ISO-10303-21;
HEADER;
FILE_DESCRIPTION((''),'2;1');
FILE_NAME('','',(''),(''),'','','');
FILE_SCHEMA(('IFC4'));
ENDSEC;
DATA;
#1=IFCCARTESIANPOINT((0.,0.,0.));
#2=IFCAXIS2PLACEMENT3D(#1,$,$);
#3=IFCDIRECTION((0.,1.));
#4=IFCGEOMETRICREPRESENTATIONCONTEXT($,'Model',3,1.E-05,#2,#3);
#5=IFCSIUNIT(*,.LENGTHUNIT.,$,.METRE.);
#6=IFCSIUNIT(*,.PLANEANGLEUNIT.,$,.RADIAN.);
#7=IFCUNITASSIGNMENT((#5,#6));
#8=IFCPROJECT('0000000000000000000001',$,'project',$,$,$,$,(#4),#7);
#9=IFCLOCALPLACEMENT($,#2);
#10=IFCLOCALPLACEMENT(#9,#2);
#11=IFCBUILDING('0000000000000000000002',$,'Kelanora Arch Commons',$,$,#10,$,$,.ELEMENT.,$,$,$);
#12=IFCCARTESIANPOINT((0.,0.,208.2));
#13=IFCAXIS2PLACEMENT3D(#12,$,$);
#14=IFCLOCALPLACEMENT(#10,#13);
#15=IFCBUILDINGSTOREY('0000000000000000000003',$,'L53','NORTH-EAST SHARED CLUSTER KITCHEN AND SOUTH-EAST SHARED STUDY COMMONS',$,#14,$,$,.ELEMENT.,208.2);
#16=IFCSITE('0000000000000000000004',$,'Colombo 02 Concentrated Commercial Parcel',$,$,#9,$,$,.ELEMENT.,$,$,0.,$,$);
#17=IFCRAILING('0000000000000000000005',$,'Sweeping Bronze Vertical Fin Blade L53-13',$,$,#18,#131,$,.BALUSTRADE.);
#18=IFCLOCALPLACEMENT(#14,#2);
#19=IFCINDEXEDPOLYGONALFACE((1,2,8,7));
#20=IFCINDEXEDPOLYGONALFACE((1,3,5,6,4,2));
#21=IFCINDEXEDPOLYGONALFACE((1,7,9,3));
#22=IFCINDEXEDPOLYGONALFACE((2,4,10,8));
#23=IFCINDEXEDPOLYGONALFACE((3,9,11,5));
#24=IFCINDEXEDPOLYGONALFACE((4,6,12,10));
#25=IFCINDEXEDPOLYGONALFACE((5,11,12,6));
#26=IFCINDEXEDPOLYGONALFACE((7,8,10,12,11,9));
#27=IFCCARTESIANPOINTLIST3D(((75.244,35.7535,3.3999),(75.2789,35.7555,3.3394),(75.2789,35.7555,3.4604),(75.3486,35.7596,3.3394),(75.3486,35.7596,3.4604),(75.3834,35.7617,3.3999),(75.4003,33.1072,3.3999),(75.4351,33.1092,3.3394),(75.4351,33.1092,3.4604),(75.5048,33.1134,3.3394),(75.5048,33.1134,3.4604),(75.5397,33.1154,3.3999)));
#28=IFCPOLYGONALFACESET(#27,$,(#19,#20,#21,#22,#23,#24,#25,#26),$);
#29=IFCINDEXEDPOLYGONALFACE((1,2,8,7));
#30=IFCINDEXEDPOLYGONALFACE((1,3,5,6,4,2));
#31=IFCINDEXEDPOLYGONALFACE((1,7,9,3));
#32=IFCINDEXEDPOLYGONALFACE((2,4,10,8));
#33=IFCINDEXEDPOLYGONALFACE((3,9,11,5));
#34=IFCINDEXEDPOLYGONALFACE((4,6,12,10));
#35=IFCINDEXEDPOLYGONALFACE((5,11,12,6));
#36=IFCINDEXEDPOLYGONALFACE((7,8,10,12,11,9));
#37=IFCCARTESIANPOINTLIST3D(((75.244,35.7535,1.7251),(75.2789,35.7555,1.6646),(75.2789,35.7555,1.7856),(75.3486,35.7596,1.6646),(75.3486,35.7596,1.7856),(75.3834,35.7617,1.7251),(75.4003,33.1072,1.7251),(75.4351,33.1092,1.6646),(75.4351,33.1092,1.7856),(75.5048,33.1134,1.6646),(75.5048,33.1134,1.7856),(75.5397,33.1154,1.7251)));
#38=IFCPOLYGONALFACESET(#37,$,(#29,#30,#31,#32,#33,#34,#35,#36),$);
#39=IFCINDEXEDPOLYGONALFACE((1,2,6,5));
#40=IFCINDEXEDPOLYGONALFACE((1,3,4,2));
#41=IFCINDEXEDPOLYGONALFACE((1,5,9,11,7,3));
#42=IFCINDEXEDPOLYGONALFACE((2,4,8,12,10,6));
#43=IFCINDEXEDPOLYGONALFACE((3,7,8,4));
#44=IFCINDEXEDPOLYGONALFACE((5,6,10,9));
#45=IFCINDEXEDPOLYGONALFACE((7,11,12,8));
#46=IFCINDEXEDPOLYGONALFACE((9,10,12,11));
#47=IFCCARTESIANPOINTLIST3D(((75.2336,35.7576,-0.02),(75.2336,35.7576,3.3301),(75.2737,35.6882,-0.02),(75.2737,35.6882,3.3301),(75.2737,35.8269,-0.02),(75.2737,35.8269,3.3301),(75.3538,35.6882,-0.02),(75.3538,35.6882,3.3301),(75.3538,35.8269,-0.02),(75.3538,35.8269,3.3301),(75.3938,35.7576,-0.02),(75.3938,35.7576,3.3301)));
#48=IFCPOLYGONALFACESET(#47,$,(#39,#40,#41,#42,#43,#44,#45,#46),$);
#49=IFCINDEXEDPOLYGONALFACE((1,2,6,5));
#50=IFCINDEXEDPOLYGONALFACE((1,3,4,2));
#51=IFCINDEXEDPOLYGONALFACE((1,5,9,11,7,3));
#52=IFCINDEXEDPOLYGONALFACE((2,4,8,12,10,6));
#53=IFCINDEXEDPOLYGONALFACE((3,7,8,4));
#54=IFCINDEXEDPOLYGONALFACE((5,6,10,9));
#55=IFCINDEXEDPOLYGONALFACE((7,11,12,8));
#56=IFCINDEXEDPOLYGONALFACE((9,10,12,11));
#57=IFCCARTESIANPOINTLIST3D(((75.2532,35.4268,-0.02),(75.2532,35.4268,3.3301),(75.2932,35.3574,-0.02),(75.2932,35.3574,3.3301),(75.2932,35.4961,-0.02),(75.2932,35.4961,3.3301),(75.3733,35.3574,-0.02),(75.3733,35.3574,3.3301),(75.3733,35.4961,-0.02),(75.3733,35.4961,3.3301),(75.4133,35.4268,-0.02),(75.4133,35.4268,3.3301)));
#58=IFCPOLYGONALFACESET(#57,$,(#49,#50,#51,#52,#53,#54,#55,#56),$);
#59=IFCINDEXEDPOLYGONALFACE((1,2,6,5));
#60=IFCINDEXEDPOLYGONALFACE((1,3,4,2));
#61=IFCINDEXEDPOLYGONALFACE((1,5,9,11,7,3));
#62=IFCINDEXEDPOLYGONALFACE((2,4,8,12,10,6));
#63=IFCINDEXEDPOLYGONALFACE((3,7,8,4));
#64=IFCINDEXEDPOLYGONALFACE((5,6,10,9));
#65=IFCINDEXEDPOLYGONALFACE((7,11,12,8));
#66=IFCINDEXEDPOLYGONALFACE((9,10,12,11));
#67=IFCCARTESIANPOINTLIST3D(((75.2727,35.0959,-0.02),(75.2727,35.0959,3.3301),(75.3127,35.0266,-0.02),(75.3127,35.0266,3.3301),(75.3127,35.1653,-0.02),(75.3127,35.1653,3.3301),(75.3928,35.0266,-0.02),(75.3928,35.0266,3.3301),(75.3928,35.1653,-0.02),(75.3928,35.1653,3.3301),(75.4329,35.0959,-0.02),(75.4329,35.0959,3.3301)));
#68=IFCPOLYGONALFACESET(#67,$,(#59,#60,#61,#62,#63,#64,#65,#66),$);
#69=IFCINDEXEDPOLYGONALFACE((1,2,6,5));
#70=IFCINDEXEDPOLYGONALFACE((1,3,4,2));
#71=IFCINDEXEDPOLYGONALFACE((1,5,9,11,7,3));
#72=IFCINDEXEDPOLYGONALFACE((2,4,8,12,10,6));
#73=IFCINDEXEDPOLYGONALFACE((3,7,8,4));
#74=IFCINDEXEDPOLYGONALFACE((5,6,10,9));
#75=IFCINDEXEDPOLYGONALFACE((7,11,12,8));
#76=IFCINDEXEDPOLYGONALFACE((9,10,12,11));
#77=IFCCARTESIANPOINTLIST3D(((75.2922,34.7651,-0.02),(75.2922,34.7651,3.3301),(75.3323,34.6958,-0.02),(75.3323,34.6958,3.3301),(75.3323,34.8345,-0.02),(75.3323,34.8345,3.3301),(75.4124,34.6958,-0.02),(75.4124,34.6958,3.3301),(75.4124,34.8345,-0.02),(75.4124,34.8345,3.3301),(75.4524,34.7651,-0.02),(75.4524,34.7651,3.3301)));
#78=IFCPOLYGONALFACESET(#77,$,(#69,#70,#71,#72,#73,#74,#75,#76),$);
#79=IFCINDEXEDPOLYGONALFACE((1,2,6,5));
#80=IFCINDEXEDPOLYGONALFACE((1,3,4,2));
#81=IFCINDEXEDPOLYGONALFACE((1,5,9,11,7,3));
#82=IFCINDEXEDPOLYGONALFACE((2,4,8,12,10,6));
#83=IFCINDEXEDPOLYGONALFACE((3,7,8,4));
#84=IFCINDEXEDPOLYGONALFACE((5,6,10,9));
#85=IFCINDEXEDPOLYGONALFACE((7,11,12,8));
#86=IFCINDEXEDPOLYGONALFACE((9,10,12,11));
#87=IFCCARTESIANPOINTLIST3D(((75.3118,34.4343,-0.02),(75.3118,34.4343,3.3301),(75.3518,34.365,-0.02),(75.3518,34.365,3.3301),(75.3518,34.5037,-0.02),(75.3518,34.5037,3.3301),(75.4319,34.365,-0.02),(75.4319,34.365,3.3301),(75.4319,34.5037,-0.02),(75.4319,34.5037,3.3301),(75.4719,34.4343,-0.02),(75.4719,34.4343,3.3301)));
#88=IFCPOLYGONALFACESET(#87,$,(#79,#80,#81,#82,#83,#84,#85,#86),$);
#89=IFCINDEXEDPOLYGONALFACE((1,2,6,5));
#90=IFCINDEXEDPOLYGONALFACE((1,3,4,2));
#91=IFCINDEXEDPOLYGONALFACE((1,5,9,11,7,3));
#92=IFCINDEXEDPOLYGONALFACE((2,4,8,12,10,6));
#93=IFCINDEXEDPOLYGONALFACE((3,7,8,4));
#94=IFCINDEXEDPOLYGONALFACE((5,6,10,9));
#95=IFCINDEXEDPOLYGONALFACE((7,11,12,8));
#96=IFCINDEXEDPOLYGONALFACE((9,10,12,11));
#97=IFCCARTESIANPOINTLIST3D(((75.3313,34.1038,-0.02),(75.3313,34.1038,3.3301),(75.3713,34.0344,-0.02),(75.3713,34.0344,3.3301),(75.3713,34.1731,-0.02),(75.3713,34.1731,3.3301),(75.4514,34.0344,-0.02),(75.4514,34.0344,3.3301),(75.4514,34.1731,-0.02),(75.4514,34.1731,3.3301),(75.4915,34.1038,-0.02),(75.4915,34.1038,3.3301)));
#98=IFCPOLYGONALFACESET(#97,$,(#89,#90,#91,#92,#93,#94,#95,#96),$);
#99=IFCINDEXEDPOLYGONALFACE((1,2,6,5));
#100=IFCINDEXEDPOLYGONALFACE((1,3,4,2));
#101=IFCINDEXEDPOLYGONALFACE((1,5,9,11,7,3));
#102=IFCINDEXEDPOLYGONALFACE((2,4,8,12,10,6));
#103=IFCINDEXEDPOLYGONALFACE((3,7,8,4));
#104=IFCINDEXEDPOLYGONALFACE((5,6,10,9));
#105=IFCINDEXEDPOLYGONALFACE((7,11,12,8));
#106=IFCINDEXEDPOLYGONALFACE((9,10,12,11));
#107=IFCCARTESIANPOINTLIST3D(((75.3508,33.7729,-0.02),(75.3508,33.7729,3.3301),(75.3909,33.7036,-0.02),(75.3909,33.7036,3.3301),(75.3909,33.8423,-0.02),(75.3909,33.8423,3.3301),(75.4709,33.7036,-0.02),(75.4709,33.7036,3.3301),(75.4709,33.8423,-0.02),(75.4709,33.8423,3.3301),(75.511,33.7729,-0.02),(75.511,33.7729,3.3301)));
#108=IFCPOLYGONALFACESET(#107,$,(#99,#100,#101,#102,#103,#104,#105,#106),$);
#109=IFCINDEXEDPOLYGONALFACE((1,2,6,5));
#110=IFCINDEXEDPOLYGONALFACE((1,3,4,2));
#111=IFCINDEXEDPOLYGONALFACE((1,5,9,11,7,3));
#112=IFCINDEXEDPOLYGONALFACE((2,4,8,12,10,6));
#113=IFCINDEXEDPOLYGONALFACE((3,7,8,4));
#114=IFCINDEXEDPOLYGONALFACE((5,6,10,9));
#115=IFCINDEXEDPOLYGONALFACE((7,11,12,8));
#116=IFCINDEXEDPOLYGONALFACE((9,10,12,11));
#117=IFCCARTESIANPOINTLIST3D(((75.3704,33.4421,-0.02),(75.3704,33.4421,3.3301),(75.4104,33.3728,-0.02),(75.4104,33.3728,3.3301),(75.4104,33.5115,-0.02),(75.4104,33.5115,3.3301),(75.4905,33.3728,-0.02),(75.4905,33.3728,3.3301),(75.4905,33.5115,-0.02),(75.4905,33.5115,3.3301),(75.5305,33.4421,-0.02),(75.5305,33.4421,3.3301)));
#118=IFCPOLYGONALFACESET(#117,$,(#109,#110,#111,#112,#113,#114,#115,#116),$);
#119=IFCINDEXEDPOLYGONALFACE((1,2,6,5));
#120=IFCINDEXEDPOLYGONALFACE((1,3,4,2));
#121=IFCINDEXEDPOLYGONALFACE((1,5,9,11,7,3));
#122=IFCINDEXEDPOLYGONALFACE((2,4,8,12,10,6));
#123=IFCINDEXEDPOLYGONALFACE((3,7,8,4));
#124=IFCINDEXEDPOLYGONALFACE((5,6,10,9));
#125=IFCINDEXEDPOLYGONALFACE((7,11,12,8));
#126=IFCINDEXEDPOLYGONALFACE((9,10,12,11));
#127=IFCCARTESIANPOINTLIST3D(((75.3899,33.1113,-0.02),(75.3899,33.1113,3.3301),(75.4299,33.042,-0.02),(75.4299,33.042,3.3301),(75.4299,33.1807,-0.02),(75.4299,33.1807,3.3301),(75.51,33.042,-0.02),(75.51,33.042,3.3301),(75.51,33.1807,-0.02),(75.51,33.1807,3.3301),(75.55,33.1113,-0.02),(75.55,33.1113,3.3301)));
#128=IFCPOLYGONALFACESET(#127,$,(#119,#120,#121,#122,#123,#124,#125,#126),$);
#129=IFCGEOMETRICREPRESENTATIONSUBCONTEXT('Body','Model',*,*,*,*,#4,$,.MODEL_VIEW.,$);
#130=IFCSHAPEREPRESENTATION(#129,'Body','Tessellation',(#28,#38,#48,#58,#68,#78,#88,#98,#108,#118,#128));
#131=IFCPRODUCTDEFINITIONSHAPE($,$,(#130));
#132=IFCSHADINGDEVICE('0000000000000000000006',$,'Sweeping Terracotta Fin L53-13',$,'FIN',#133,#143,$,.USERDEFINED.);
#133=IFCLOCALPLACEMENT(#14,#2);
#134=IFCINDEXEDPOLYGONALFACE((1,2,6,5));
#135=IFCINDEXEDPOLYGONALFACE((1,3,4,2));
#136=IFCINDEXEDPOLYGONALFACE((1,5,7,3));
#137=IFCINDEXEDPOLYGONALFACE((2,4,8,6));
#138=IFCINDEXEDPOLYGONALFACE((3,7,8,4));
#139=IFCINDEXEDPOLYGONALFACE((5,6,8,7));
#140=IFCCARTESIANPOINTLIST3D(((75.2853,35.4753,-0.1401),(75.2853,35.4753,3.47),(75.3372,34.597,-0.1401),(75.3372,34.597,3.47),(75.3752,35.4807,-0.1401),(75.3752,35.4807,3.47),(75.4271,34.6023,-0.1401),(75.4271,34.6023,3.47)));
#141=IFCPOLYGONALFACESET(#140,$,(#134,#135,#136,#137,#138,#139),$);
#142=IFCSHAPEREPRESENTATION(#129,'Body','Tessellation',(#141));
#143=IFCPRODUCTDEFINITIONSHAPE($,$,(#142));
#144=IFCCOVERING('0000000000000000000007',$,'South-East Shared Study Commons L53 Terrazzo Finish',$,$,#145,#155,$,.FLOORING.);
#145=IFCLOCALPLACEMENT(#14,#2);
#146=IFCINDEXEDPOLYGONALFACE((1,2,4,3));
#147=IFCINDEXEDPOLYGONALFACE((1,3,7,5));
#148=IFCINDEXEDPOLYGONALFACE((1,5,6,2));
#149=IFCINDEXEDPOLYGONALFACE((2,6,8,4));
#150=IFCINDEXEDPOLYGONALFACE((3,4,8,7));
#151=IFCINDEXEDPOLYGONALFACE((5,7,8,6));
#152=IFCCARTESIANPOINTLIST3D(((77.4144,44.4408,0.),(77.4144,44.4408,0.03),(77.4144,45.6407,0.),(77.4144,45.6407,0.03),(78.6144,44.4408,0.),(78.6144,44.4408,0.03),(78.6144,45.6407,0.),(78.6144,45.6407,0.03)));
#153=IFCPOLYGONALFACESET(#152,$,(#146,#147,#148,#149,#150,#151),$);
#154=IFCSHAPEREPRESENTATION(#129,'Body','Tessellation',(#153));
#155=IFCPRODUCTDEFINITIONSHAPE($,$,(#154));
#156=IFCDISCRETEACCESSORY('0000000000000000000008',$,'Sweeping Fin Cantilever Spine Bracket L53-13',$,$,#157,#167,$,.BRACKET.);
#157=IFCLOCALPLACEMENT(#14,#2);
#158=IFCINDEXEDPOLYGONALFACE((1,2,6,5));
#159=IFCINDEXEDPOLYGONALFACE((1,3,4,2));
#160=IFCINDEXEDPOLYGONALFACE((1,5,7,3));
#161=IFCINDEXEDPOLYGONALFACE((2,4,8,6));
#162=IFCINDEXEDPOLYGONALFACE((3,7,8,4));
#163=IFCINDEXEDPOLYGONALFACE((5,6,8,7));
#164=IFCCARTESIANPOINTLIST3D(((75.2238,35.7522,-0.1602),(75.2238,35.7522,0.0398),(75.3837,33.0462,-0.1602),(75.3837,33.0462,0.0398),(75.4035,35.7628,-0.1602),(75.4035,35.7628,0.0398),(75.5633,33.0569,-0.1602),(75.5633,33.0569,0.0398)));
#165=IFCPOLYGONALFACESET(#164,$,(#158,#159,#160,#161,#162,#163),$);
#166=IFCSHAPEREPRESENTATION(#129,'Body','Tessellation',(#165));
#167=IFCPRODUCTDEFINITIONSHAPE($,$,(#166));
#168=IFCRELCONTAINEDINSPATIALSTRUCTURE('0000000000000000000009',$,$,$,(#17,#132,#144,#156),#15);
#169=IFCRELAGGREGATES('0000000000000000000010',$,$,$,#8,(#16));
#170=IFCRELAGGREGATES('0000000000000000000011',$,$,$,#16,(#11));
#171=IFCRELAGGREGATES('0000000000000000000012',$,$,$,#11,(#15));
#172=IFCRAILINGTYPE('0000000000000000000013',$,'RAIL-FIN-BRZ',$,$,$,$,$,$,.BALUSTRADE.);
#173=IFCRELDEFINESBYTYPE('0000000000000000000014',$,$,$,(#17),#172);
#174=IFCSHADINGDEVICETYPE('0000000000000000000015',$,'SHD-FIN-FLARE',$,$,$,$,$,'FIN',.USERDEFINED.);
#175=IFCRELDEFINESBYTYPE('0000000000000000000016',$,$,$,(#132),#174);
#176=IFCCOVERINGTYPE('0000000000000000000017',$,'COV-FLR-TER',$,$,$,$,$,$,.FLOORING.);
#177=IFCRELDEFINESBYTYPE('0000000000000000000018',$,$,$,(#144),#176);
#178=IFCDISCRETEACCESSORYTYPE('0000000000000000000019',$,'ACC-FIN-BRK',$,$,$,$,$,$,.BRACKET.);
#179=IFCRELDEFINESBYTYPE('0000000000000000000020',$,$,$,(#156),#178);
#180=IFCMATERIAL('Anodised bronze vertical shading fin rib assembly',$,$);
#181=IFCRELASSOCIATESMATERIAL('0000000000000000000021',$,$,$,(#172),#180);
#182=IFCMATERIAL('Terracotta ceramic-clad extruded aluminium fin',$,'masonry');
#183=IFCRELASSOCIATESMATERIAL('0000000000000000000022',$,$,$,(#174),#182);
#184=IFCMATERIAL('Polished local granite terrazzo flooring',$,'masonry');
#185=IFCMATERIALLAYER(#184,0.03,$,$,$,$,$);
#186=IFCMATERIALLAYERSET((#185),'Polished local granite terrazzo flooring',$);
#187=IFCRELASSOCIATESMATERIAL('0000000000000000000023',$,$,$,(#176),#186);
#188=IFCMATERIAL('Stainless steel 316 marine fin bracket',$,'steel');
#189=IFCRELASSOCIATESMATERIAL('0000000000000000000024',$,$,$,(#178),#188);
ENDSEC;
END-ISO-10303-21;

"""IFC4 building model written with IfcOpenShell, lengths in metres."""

from ifc_helpers import new_model, si_unit, direction, frame, origin, origin_2d, place, context, subcontext, project, spatial, polyline, rectangle, outline, extrude, source, transform, mapped, material, layer, layer_set, type_object, element, save


model = new_model("IFC4")

# Units and contexts
model_context = context("Model", 3, precision=1e-05, world=origin(), true_north=direction((0.0, 1.0)))
body_context = subcontext(model_context, "Body", "Model", "MODEL_VIEW")
ifc_project = project(units=[si_unit("LENGTHUNIT", "METRE"), si_unit("PLANEANGLEUNIT", "RADIAN")], contexts=[model_context])

# Site, building, storey
site_placement = place(None, origin())
site = spatial("IfcSite", under=ifc_project, at=site_placement, Name="Colombo 02 Concentrated Commercial Parcel", CompositionType="ELEMENT", RefElevation=0.0)
building_placement = place(site_placement, origin())
building = spatial("IfcBuilding", under=site, at=building_placement, Name="Kelanora Arch Commons", CompositionType="ELEMENT")
storey_placement = place(building_placement, frame((0.0, 0.0, 208.2)))
storey = spatial("IfcBuildingStorey", under=building, at=storey_placement, Name="L53", Description="NORTH-EAST SHARED CLUSTER KITCHEN AND SOUTH-EAST SHARED STUDY COMMONS", CompositionType="ELEMENT", Elevation=208.2)

# Railing
ifc_material_1 = material(Name="Anodised bronze vertical shading fin rib assembly")
railing_type = type_object("IfcRailingType", Name="RAIL-FIN-BRZ", PredefinedType="BALUSTRADE", material=ifc_material_1)
railing_placement = place(storey_placement, frame((75.3137, 35.7576, -0.02)))
element("IfcRailing", 1, at=railing_placement, inside=storey, type_object=railing_type, Name="Sweeping Bronze Vertical Fin Blade L53-13", PredefinedType="BALUSTRADE", context=body_context, shape_type="SweptSolid", body=[
    extrude(outline(polyline([(0.0698, 0.0), (0.0349, 0.0605), (-0.0349, 0.0605), (-0.0698, 0.0), (-0.0349, -0.0605), (0.0349, -0.0605), (0.0698, 0.0)])), frame((0.0, 0.0, 3.4199), z_axis=(0.058943, -0.998261, 0.0), x_axis=(0.998261, 0.058943, 0.0)), (0.0, 0.0, 1.0), 2.6509),
    extrude(outline(polyline([(0.0698, 0.0), (0.0349, 0.0605), (-0.0349, 0.0605), (-0.0698, 0.0), (-0.0349, -0.0605), (0.0349, -0.0605), (0.0698, 0.0)])), frame((0.0, 0.0, 1.7451), z_axis=(0.058943, -0.998261, 0.0), x_axis=(0.998261, 0.058943, 0.0)), (0.0, 0.0, 1.0), 2.6509),
    extrude(outline(polyline([(0.0801, 0.0), (0.04, 0.0693), (-0.04, 0.0693), (-0.0801, 0.0), (-0.04, -0.0693), (0.04, -0.0693), (0.0801, 0.0)])), origin(), (0.0, 0.0, 1.0), 3.3501),
    extrude(outline(polyline([(0.0801, 0.0), (0.04, 0.0693), (-0.04, 0.0693), (-0.0801, 0.0), (-0.04, -0.0693), (0.04, -0.0693), (0.0801, 0.0)])), frame((0.0195, -0.3308, 0.0)), (0.0, 0.0, 1.0), 3.3501),
    extrude(outline(polyline([(0.0801, 0.0), (0.04, 0.0693), (-0.04, 0.0693), (-0.0801, 0.0), (-0.04, -0.0693), (0.04, -0.0693), (0.0801, 0.0)])), frame((0.0391, -0.6616, 0.0)), (0.0, 0.0, 1.0), 3.3501),
    extrude(outline(polyline([(0.0801, 0.0), (0.04, 0.0693), (-0.04, 0.0693), (-0.0801, 0.0), (-0.04, -0.0693), (0.04, -0.0693), (0.0801, 0.0)])), frame((0.0586, -0.9924, 0.0)), (0.0, 0.0, 1.0), 3.3501),
    extrude(outline(polyline([(0.0801, 0.0), (0.04, 0.0693), (-0.04, 0.0693), (-0.0801, 0.0), (-0.04, -0.0693), (0.04, -0.0693), (0.0801, 0.0)])), frame((0.0781, -1.3232, 0.0)), (0.0, 0.0, 1.0), 3.3501),
    extrude(outline(polyline([(0.0801, 0.0), (0.04, 0.0693), (-0.04, 0.0693), (-0.0801, 0.0), (-0.04, -0.0693), (0.04, -0.0693), (0.0801, 0.0)])), frame((0.0977, -1.6538, 0.0)), (0.0, 0.0, 1.0), 3.3501),
    extrude(outline(polyline([(0.0801, 0.0), (0.04, 0.0693), (-0.04, 0.0693), (-0.0801, 0.0), (-0.04, -0.0693), (0.04, -0.0693), (0.0801, 0.0)])), frame((0.1172, -1.9846, 0.0)), (0.0, 0.0, 1.0), 3.3501),
    extrude(outline(polyline([(0.0801, 0.0), (0.04, 0.0693), (-0.04, 0.0693), (-0.0801, 0.0), (-0.04, -0.0693), (0.04, -0.0693), (0.0801, 0.0)])), frame((0.1367, -2.3154, 0.0)), (0.0, 0.0, 1.0), 3.3501),
    extrude(outline(polyline([(0.0801, 0.0), (0.04, 0.0693), (-0.04, 0.0693), (-0.0801, 0.0), (-0.04, -0.0693), (0.04, -0.0693), (0.0801, 0.0)])), frame((0.1562, -2.6462, 0.0)), (0.0, 0.0, 1.0), 3.3501),
])

# Shading device
ifc_material_2 = material(Name="Terracotta ceramic-clad extruded aluminium fin", Category="masonry")
shading_device_type = type_object("IfcShadingDeviceType", Name="SHD-FIN-FLARE", ElementType="FIN", PredefinedType="USERDEFINED", material=ifc_material_2)
shared_shape_1 = source(origin(), body_context, "Body", "SweptSolid", [
    extrude(rectangle(XDim=0.8799, YDim=0.0901, at=origin_2d()), origin(), (0.0, 0.0, 1.0), 3.6101),
])
shading_device_placement = place(storey_placement, frame((75.3562, 35.0388, -0.1401), z_axis=(0.0, 0.0, 1.0), x_axis=(0.058958, -0.99826, 0.0)))
element("IfcShadingDevice", 2, at=shading_device_placement, inside=storey, type_object=shading_device_type, Name="Sweeping Terracotta Fin L53-13", ObjectType="FIN", PredefinedType="USERDEFINED", context=body_context, shape_type="MappedRepresentation", body=[
    mapped(shared_shape_1, transform((0.0, 0.0, 0.0), scale=1.0)),
])

# Covering
ifc_material_3 = material(Name="Polished local granite terrazzo flooring", Category="masonry")
ifc_layer_1 = layer(ifc_material_3, 0.03)
ifc_layer_set_1 = layer_set([ifc_layer_1], Name="Polished local granite terrazzo flooring")
covering_type = type_object("IfcCoveringType", Name="COV-FLR-TER", PredefinedType="FLOORING", material=ifc_layer_set_1)
shared_shape_2 = source(origin(), body_context, "Body", "SweptSolid", [
    extrude(rectangle(XDim=1.2, YDim=1.2, at=origin_2d()), origin(), (0.0, 0.0, 1.0), 0.03),
])
covering_placement = place(storey_placement, frame((78.0144, 45.0408, 0.0), z_axis=(0.0, 0.0, 1.0), x_axis=(1.0, 0.0, 0.0)))
element("IfcCovering", 3, at=covering_placement, inside=storey, type_object=covering_type, Name="South-East Shared Study Commons L53 Terrazzo Finish", PredefinedType="FLOORING", context=body_context, shape_type="MappedRepresentation", body=[
    mapped(shared_shape_2, transform((0.0, 0.0, 0.0), scale=1.0)),
])

# Discrete accessory
ifc_material_4 = material(Name="Stainless steel 316 marine fin bracket", Category="steel")
discrete_accessory_type = type_object("IfcDiscreteAccessoryType", Name="ACC-FIN-BRK", PredefinedType="BRACKET", material=ifc_material_4)
shared_shape_3 = source(origin(), body_context, "Body", "SweptSolid", [
    extrude(rectangle(XDim=2.7107, YDim=0.1799, at=origin_2d()), origin(), (0.0, 0.0, 1.0), 0.2),
])
discrete_accessory_placement = place(storey_placement, frame((75.3936, 34.4045, -0.1602), z_axis=(0.0, 0.0, 1.0), x_axis=(0.058958, -0.99826, 0.0)))
element("IfcDiscreteAccessory", 4, at=discrete_accessory_placement, inside=storey, type_object=discrete_accessory_type, Name="Sweeping Fin Cantilever Spine Bracket L53-13", PredefinedType="BRACKET", context=body_context, shape_type="MappedRepresentation", body=[
    mapped(shared_shape_3, transform((0.0, 0.0, 0.0), scale=1.0)),
])

save(model, "model.ifc")
